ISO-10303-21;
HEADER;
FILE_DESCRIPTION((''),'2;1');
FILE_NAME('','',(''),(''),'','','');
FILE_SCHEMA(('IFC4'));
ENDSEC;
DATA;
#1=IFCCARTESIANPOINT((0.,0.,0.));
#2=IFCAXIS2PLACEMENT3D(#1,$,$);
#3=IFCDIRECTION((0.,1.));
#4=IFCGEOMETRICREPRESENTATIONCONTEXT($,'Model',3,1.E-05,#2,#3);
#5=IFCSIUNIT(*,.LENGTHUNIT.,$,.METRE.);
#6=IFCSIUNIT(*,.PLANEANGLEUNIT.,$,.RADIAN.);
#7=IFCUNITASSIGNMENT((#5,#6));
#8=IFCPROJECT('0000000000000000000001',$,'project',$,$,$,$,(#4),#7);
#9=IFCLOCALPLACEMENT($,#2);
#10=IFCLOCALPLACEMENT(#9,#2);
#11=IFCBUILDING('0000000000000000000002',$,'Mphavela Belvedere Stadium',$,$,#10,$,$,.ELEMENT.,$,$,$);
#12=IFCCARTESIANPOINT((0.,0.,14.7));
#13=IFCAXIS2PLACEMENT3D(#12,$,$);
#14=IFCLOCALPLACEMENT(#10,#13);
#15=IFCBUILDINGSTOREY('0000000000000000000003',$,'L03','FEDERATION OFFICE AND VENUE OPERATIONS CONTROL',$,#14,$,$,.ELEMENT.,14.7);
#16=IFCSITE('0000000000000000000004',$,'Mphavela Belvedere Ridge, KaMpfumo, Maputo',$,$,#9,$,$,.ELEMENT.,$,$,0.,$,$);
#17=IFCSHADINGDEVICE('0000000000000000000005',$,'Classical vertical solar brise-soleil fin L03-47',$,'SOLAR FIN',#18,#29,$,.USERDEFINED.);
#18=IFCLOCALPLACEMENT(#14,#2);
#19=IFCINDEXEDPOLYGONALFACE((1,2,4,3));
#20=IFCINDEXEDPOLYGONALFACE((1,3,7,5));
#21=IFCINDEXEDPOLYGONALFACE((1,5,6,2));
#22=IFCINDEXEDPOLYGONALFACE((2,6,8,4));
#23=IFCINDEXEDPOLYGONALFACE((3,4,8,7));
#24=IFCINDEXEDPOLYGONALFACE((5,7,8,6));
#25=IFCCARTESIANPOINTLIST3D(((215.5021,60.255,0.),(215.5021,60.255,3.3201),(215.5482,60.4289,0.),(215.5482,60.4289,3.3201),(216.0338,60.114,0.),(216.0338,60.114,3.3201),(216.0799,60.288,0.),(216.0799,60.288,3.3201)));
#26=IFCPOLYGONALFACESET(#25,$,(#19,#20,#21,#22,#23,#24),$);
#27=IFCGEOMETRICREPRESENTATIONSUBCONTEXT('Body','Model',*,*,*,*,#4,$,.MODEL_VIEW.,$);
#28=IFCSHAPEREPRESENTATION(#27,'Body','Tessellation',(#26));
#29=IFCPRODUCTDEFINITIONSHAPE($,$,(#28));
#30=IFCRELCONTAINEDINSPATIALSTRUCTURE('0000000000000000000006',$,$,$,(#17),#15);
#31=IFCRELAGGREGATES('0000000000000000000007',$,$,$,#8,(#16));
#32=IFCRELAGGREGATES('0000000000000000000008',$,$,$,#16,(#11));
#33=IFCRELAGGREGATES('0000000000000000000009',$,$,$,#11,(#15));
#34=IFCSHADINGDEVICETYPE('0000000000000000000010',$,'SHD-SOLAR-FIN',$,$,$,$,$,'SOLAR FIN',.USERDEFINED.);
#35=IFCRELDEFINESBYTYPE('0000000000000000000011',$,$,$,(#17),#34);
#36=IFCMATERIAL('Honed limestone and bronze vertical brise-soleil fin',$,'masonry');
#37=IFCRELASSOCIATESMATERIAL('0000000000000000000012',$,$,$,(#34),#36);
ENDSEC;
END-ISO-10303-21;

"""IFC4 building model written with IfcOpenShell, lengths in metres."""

from ifc_helpers import new_model, si_unit, direction, frame, origin, origin_2d, place, context, subcontext, project, spatial, rectangle, extrude, material, type_object, element, save


model = new_model("IFC4")

# Units and contexts
model_context = context("Model", 3, precision=1e-05, world=origin(), true_north=direction((0.0, 1.0)))
body_context = subcontext(model_context, "Body", "Model", "MODEL_VIEW")
ifc_project = project(units=[si_unit("LENGTHUNIT", "METRE"), si_unit("PLANEANGLEUNIT", "RADIAN")], contexts=[model_context])

# Site, building, storey
site_placement = place(None, origin())
site = spatial("IfcSite", under=ifc_project, at=site_placement, Name="Mphavela Belvedere Ridge, KaMpfumo, Maputo", CompositionType="ELEMENT", RefElevation=0.0)
building_placement = place(site_placement, origin())
building = spatial("IfcBuilding", under=site, at=building_placement, Name="Mphavela Belvedere Stadium", CompositionType="ELEMENT")
storey_placement = place(building_placement, frame((0.0, 0.0, 14.7)))
storey = spatial("IfcBuildingStorey", under=building, at=storey_placement, Name="L03", Description="FEDERATION OFFICE AND VENUE OPERATIONS CONTROL", CompositionType="ELEMENT", Elevation=14.7)

# Shading device
ifc_material_1 = material(Name="Honed limestone and bronze vertical brise-soleil fin", Category="masonry")
shading_device_type = type_object("IfcShadingDeviceType", Name="SHD-SOLAR-FIN", ElementType="SOLAR FIN", PredefinedType="USERDEFINED", material=ifc_material_1)
shading_device_placement = place(storey_placement, frame((215.791, 60.2715, 0.0), z_axis=(0.0, 0.0, 1.0), x_axis=(0.9666, -0.256289, 0.0)))
element("IfcShadingDevice", 1, at=shading_device_placement, inside=storey, type_object=shading_device_type, Name="Classical vertical solar brise-soleil fin L03-47", ObjectType="SOLAR FIN", PredefinedType="USERDEFINED", context=body_context, shape_type="SweptSolid", body=[
    extrude(rectangle(XDim=0.55, YDim=0.1799, at=origin_2d()), origin(), (0.0, 0.0, 1.0), 3.3201),
])

save(model, "model.ifc")
